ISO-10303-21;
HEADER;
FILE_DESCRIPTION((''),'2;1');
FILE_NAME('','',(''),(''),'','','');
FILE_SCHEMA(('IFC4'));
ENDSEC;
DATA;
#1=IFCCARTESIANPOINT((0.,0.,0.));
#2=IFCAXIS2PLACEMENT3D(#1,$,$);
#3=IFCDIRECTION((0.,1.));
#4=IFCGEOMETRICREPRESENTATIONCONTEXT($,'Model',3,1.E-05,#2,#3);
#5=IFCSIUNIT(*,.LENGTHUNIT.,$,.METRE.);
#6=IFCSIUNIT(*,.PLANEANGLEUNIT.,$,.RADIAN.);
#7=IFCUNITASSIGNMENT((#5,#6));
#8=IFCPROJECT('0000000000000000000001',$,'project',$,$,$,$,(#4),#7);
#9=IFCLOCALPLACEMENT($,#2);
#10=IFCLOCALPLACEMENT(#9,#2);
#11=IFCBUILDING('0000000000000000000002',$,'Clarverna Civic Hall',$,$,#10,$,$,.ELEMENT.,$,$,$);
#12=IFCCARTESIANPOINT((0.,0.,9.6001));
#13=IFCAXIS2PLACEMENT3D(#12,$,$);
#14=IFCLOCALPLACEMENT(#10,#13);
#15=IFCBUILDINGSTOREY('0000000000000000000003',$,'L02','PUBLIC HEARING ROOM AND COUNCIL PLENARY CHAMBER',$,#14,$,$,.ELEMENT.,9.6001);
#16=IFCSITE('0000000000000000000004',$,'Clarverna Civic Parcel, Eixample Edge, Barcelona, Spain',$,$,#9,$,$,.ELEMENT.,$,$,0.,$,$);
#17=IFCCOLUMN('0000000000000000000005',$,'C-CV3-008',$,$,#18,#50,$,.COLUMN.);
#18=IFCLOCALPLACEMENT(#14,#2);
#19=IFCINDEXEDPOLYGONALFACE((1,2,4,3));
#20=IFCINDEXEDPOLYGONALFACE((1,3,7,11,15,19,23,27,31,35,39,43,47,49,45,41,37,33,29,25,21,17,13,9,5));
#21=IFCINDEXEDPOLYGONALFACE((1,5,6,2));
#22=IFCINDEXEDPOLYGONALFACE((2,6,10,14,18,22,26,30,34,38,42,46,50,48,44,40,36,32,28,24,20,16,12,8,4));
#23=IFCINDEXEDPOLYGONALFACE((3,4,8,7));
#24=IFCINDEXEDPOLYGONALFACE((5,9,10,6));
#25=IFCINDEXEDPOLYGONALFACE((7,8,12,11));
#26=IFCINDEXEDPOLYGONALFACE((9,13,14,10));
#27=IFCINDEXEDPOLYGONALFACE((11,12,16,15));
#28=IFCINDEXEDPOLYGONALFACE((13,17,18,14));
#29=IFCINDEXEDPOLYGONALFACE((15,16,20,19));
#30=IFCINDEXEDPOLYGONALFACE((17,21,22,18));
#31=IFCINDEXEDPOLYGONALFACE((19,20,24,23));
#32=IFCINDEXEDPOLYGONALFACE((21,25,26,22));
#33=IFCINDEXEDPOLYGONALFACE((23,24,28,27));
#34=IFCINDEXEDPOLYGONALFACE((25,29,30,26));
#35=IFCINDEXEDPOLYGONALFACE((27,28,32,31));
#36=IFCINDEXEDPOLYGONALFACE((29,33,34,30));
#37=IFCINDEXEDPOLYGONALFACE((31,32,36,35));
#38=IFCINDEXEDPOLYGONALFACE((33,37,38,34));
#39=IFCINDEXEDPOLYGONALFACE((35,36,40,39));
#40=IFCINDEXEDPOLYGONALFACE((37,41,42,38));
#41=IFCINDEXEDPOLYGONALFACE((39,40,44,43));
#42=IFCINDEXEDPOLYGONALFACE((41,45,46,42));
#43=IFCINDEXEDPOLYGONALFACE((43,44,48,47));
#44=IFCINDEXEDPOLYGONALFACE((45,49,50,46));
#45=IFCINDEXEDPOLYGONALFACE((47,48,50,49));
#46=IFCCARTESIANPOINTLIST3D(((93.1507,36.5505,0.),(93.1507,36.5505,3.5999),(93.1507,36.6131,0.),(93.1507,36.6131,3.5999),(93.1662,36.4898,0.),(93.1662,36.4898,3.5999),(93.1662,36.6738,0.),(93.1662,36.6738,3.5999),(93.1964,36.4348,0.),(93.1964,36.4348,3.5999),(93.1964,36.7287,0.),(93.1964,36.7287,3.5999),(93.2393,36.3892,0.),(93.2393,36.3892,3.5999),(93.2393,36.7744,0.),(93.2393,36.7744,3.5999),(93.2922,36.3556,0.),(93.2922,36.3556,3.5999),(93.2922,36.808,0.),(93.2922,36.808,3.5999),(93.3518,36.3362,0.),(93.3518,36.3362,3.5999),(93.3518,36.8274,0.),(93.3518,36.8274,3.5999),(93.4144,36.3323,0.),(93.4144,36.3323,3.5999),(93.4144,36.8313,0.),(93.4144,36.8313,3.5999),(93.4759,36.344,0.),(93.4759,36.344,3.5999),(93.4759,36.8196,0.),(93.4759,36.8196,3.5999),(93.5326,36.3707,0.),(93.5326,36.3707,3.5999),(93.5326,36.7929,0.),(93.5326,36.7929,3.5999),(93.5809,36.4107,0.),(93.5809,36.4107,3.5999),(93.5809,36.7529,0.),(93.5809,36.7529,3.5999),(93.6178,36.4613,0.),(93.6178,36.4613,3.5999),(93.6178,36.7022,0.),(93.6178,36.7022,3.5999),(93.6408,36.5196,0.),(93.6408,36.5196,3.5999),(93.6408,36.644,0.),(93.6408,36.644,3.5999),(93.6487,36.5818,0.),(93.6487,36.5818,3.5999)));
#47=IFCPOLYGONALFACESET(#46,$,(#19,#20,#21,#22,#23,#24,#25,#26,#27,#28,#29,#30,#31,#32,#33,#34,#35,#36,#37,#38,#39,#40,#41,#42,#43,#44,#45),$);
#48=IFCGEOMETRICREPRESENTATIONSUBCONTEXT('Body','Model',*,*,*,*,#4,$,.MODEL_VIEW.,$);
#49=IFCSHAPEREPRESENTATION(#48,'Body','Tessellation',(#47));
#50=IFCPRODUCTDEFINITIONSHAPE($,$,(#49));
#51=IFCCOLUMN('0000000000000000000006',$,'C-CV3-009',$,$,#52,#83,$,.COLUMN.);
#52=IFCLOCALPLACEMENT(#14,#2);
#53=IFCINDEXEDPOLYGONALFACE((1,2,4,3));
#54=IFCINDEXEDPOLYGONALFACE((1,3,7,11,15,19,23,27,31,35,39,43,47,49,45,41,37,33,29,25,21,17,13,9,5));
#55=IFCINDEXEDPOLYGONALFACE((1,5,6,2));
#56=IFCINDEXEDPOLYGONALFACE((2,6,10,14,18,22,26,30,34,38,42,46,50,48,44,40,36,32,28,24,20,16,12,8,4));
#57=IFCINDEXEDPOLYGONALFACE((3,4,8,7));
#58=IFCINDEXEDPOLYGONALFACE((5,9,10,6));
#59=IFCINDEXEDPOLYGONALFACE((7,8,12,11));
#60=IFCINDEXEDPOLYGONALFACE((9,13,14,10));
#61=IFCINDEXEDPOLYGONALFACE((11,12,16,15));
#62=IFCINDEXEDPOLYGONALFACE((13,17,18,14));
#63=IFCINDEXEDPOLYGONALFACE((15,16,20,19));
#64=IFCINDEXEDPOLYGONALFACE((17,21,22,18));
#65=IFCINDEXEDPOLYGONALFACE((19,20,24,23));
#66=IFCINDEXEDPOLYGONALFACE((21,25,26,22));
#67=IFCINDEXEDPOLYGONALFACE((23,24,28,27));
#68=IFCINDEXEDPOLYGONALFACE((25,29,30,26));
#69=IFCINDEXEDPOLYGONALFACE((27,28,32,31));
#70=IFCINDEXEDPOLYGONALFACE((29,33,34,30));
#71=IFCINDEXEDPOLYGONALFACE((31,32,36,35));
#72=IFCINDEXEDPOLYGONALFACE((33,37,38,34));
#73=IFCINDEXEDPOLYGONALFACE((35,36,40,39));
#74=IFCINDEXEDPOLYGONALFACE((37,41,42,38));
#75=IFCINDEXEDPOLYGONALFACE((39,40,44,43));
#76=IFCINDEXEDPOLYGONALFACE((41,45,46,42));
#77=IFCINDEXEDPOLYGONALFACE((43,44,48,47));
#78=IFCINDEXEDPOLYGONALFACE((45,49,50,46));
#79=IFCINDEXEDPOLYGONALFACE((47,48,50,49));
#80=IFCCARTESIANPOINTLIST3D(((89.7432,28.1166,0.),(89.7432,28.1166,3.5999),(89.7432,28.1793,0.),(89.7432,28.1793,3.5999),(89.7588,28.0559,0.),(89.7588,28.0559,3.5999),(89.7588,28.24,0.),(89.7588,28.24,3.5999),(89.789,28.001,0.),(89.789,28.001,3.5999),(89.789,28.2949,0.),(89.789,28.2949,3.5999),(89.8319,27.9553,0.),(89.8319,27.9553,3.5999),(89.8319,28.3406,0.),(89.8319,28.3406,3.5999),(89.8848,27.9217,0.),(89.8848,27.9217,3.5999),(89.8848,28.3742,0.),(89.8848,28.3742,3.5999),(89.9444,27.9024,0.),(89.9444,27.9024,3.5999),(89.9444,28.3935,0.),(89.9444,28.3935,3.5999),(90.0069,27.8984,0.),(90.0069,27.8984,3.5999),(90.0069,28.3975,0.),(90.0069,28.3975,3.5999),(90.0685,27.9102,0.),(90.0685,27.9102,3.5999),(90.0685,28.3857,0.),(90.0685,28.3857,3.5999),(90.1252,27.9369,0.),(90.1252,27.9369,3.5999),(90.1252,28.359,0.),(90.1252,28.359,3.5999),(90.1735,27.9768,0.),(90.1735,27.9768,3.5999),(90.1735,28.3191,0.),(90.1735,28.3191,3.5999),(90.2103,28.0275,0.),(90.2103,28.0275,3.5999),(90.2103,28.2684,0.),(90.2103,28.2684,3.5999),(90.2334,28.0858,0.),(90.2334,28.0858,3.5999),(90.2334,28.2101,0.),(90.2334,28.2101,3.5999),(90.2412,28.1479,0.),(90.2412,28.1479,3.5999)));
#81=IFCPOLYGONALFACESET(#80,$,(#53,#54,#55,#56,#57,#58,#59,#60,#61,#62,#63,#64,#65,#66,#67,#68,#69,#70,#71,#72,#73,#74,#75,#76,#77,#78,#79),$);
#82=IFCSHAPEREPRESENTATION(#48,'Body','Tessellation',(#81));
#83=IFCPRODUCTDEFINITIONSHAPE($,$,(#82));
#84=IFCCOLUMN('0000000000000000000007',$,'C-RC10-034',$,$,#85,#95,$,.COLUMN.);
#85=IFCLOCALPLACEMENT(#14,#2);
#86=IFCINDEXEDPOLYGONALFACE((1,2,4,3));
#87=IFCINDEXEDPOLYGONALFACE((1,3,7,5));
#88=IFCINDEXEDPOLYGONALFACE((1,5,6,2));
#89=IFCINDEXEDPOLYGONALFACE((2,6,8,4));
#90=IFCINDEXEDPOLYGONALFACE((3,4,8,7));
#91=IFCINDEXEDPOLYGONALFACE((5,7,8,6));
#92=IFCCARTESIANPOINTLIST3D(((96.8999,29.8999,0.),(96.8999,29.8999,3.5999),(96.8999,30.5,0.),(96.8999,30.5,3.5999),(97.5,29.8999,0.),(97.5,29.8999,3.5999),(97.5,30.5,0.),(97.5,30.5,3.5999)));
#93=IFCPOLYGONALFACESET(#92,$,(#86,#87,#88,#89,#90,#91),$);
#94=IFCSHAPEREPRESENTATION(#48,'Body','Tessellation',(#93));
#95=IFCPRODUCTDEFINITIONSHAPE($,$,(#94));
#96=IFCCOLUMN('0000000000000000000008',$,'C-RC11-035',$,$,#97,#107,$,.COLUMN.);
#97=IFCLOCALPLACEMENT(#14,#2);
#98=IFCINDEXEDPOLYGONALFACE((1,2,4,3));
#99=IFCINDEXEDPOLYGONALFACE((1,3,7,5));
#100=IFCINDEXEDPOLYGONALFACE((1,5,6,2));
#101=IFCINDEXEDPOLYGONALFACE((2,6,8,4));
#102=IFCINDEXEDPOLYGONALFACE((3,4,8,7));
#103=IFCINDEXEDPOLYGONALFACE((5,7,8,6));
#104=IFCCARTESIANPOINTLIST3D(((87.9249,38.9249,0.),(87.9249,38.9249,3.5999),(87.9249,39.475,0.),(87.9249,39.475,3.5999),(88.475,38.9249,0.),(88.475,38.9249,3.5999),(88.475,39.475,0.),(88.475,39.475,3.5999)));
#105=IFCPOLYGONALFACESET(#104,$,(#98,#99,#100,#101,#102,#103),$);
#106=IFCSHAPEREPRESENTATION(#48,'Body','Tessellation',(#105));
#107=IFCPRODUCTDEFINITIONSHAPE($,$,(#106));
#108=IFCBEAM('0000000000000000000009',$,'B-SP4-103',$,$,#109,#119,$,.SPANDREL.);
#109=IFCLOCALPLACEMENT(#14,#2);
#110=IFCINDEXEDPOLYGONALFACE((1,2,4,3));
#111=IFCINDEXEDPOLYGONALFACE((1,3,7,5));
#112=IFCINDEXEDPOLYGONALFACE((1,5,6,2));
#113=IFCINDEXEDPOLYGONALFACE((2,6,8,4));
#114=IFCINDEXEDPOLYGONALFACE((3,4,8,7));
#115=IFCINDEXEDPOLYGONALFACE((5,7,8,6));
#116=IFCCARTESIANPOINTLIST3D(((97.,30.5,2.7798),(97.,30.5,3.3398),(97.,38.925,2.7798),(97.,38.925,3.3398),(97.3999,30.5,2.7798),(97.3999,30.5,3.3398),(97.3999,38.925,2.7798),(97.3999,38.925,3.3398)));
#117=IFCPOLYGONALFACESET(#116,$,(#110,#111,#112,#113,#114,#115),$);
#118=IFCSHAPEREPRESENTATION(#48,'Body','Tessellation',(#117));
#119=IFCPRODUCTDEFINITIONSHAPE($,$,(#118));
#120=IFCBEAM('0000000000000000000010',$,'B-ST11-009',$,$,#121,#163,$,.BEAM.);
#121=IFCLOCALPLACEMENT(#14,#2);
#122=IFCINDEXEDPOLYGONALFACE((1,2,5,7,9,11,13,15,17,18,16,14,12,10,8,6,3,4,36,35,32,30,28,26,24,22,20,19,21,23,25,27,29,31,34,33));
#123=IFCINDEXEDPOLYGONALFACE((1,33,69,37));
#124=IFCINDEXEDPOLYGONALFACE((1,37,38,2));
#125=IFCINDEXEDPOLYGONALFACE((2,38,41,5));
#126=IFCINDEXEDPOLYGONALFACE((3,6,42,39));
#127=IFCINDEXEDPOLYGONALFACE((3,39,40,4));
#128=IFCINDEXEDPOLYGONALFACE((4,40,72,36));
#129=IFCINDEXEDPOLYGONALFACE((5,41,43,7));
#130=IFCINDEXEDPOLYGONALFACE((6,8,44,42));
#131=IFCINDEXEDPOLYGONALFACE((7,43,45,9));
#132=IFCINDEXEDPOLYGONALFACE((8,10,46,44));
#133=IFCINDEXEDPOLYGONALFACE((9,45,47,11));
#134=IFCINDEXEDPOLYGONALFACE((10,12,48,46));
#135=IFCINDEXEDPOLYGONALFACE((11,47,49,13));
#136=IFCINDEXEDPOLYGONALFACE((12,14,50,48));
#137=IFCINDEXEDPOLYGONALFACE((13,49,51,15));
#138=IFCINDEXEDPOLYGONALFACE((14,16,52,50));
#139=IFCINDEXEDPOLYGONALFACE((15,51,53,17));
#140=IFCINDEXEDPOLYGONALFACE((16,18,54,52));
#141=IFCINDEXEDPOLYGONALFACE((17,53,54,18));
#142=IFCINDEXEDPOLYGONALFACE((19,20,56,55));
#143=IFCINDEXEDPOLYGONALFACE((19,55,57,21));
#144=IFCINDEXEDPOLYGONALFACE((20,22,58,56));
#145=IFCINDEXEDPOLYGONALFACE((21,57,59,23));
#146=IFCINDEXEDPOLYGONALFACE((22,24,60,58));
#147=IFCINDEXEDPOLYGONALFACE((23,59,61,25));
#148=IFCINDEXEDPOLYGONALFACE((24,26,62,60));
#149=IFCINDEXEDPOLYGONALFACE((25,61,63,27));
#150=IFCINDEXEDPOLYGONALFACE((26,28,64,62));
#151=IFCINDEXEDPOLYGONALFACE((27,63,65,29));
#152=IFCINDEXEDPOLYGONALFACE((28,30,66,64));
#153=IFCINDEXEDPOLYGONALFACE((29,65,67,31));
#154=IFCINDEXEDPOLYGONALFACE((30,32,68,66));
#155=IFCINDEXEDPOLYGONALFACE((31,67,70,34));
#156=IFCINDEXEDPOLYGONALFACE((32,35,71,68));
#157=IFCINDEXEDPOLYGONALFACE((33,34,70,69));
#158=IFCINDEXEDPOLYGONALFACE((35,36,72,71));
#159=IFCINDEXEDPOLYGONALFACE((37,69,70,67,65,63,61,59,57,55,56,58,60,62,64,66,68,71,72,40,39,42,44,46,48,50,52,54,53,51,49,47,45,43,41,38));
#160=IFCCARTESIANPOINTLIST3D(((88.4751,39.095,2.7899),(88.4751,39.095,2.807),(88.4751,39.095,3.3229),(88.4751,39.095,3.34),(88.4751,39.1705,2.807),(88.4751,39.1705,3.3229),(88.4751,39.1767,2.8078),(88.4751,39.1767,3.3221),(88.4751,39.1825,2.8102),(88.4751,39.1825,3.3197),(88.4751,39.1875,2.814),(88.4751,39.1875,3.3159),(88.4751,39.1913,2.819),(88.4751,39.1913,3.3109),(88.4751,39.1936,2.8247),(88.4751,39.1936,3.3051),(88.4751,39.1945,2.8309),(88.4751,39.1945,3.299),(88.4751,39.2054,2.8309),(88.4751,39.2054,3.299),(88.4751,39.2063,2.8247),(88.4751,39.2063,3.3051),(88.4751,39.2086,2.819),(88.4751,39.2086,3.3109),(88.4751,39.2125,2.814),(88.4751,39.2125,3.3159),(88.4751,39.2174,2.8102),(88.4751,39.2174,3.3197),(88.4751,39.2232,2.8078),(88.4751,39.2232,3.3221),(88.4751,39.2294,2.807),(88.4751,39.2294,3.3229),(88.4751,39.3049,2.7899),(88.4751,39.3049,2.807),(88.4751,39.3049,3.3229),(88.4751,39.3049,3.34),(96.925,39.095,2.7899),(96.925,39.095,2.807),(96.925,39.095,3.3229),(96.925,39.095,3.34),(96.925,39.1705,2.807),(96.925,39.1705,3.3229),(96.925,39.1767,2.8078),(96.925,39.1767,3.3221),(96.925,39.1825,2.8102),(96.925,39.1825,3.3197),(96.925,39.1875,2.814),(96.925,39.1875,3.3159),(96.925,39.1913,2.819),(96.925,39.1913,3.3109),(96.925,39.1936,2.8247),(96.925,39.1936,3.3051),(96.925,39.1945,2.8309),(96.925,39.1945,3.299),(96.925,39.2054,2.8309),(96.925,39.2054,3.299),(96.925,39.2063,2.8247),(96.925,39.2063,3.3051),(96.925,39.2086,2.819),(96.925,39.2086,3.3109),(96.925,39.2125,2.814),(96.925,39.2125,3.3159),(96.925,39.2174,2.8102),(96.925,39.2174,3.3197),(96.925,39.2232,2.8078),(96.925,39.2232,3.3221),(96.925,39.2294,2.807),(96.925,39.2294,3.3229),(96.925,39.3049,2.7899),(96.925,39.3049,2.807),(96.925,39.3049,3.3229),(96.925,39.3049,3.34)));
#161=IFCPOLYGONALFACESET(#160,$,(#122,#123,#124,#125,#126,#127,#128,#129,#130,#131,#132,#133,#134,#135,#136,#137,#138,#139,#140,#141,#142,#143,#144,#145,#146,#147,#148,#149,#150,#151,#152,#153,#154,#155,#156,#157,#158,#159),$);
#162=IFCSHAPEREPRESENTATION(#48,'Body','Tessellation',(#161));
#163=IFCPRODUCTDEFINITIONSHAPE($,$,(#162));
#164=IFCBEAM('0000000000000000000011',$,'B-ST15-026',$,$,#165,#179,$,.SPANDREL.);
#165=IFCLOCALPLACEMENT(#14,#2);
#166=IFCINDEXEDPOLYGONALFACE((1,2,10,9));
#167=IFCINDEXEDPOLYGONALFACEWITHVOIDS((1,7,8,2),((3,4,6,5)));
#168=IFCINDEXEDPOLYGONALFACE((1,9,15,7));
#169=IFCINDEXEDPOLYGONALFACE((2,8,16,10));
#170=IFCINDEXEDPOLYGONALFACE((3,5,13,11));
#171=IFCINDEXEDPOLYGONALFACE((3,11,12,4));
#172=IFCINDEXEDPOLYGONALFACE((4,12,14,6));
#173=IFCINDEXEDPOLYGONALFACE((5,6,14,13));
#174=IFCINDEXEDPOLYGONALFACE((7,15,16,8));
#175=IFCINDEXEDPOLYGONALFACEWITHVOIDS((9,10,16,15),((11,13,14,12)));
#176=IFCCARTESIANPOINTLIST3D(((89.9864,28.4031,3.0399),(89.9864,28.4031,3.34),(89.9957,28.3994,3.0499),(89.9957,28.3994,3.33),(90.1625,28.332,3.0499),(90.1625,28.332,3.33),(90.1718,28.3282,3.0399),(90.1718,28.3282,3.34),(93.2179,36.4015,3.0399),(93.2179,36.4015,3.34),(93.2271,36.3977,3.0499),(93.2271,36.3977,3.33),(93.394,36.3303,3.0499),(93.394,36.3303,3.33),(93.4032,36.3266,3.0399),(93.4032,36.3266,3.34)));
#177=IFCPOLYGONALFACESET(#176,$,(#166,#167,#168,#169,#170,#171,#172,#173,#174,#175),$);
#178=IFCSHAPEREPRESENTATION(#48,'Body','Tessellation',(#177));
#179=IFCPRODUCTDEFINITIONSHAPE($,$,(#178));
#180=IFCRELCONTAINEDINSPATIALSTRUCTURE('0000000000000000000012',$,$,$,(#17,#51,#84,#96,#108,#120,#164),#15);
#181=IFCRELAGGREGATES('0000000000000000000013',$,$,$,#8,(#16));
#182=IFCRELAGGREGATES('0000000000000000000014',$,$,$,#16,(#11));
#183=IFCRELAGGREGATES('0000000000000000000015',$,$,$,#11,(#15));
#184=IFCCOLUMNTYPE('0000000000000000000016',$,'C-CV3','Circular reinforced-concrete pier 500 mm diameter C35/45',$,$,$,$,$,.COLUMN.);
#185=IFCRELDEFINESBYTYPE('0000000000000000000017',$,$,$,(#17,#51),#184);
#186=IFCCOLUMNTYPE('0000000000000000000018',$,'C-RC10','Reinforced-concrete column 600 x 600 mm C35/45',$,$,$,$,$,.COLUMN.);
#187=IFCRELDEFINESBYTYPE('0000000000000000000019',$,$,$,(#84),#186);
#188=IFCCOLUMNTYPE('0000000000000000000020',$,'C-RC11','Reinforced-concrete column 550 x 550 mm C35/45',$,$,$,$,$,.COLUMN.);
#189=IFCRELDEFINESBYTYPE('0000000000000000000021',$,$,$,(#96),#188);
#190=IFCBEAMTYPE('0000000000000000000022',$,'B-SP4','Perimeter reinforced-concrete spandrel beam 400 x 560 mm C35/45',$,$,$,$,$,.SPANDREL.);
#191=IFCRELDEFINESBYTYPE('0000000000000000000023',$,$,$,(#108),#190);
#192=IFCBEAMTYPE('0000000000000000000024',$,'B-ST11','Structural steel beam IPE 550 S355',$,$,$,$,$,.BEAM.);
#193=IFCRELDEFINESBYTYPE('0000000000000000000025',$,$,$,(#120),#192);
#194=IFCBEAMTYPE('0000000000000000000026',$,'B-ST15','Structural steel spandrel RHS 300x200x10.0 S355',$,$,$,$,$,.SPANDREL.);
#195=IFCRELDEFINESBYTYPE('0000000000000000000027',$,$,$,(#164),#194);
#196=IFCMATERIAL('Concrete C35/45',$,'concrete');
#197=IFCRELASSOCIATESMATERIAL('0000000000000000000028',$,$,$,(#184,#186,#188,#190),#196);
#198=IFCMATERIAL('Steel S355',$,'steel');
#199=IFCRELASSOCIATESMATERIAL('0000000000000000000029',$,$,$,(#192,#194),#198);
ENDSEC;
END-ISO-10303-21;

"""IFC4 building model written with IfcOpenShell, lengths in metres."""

from ifc_helpers import new_model, si_unit, direction, frame, origin, origin_2d, place, context, subcontext, project, spatial, rectangle, hollow_rectangle, circle, i_section, extrude, material, material_profile, profile_set, type_object, element, save


model = new_model("IFC4")

# Units and contexts
model_context = context("Model", 3, precision=1e-05, world=origin(), true_north=direction((0.0, 1.0)))
body_context = subcontext(model_context, "Body", "Model", "MODEL_VIEW")
ifc_project = project(units=[si_unit("LENGTHUNIT", "METRE"), si_unit("PLANEANGLEUNIT", "RADIAN")], contexts=[model_context])

# Site, building, storey
site_placement = place(None, origin())
site = spatial("IfcSite", under=ifc_project, at=site_placement, Name="Clarverna Civic Parcel, Eixample Edge, Barcelona, Spain", CompositionType="ELEMENT", RefElevation=0.0)
building_placement = place(site_placement, origin())
building = spatial("IfcBuilding", under=site, at=building_placement, Name="Clarverna Civic Hall", CompositionType="ELEMENT")
storey_placement = place(building_placement, frame((0.0, 0.0, 9.6001)))
storey = spatial("IfcBuildingStorey", under=building, at=storey_placement, Name="L02", Description="PUBLIC HEARING ROOM AND COUNCIL PLENARY CHAMBER", CompositionType="ELEMENT", Elevation=9.6001)

# Columns
ifc_material_1 = material(Name="Concrete C35/45", Category="concrete")
ifc_material_profile_1 = material_profile(ifc_material_1, circle(Radius=0.25, at=origin_2d()), Name="RC D500")
ifc_profile_set_1 = profile_set([ifc_material_profile_1], Name="Concrete C35/45")
column_type_1 = type_object("IfcColumnType", Name="C-CV3", Description="Circular reinforced-concrete pier 500 mm diameter C35/45", PredefinedType="COLUMN", material=ifc_profile_set_1)
for number, where, z_axis, x_axis, name in (
    (1, (93.3987, 36.5818, 0.0), (0.0, 0.0, 1.0), (1.0, 0.0, 0.0), "C-CV3-008"),
    (2, (89.9912, 28.1479, 0.0), (0.0, 0.0, 1.0), (1.0, 0.0, 0.0), "C-CV3-009"),
):
    element("IfcColumn", number, at=place(storey_placement, frame(where, z_axis=z_axis, x_axis=x_axis)), inside=storey, type_object=column_type_1, Name=name, PredefinedType="COLUMN", context=body_context, shape_type="SweptSolid", body=[
        extrude(circle(Radius=0.25, at=origin_2d()), origin(), (0.0, 0.0, 1.0), 3.5999),
    ])
ifc_material_profile_2 = material_profile(ifc_material_1, rectangle(XDim=0.6001, YDim=0.6001, at=origin_2d()), Name="RC 600x600")
ifc_profile_set_2 = profile_set([ifc_material_profile_2], Name="Concrete C35/45")
column_type_2 = type_object("IfcColumnType", Name="C-RC10", Description="Reinforced-concrete column 600 x 600 mm C35/45", PredefinedType="COLUMN", material=ifc_profile_set_2)
column_1_placement = place(storey_placement, frame((97.2, 30.2, 0.0), z_axis=(0.0, 0.0, 1.0), x_axis=(1.0, 0.0, 0.0)))
element("IfcColumn", 3, at=column_1_placement, inside=storey, type_object=column_type_2, Name="C-RC10-034", PredefinedType="COLUMN", context=body_context, shape_type="SweptSolid", body=[
    extrude(rectangle(XDim=0.6001, YDim=0.6001, at=origin_2d()), origin(), (0.0, 0.0, 1.0), 3.5999),
])
ifc_material_profile_3 = material_profile(ifc_material_1, rectangle(XDim=0.55, YDim=0.55, at=origin_2d()), Name="RC 550x550")
ifc_profile_set_3 = profile_set([ifc_material_profile_3], Name="Concrete C35/45")
column_type_3 = type_object("IfcColumnType", Name="C-RC11", Description="Reinforced-concrete column 550 x 550 mm C35/45", PredefinedType="COLUMN", material=ifc_profile_set_3)
column_2_placement = place(storey_placement, frame((88.2, 39.2, 0.0), z_axis=(0.0, 0.0, 1.0), x_axis=(1.0, 0.0, 0.0)))
element("IfcColumn", 4, at=column_2_placement, inside=storey, type_object=column_type_3, Name="C-RC11-035", PredefinedType="COLUMN", context=body_context, shape_type="SweptSolid", body=[
    extrude(rectangle(XDim=0.55, YDim=0.55, at=origin_2d()), origin(), (0.0, 0.0, 1.0), 3.5999),
])

# Beams
ifc_material_profile_4 = material_profile(ifc_material_1, rectangle(XDim=0.3999, YDim=0.5601, at=origin_2d()), Name="RC 400x560")
ifc_profile_set_4 = profile_set([ifc_material_profile_4], Name="Concrete C35/45")
beam_type_1 = type_object("IfcBeamType", Name="B-SP4", Description="Perimeter reinforced-concrete spandrel beam 400 x 560 mm C35/45", PredefinedType="SPANDREL", material=ifc_profile_set_4)
beam_1_placement = place(storey_placement, frame((97.2, 30.5, 3.0598), z_axis=(0.0, 1.0, 0.0), x_axis=(-1.0, 0.0, 0.0)))
element("IfcBeam", 5, at=beam_1_placement, inside=storey, type_object=beam_type_1, Name="B-SP4-103", PredefinedType="SPANDREL", context=body_context, shape_type="SweptSolid", body=[
    extrude(rectangle(XDim=0.3999, YDim=0.5601, at=origin_2d()), origin(), (0.0, 0.0, 1.0), 8.425),
])
ifc_material_2 = material(Name="Steel S355", Category="steel")
ifc_material_profile_5 = material_profile(ifc_material_2, i_section(OverallWidth=0.21, OverallDepth=0.55, WebThickness=0.011, FlangeThickness=0.0171, FilletRadius=0.0239, at=origin_2d()), Name="IPE 550")
ifc_profile_set_5 = profile_set([ifc_material_profile_5], Name="Steel S355")
beam_type_2 = type_object("IfcBeamType", Name="B-ST11", Description="Structural steel beam IPE 550 S355", PredefinedType="BEAM", material=ifc_profile_set_5)
beam_2_placement = place(storey_placement, frame((88.4751, 39.2, 3.0649), z_axis=(1.0, 0.0, 0.0), x_axis=(0.0, 1.0, 0.0)))
element("IfcBeam", 6, at=beam_2_placement, inside=storey, type_object=beam_type_2, Name="B-ST11-009", PredefinedType="BEAM", context=body_context, shape_type="SweptSolid", body=[
    extrude(i_section(OverallWidth=0.21, OverallDepth=0.55, WebThickness=0.011, FlangeThickness=0.0171, FilletRadius=0.0239, at=origin_2d()), origin(), (0.0, 0.0, 1.0), 8.45),
])
ifc_material_profile_6 = material_profile(ifc_material_2, hollow_rectangle(XDim=0.2, YDim=0.3, WallThickness=0.01, at=origin_2d()), Name="RHS 300x200x10.0")
ifc_profile_set_6 = profile_set([ifc_material_profile_6], Name="Steel S355")
beam_type_3 = type_object("IfcBeamType", Name="B-ST15", Description="Structural steel spandrel RHS 300x200x10.0 S355", PredefinedType="SPANDREL", material=ifc_profile_set_6)
beam_3_placement = place(storey_placement, frame((93.3105, 36.364, 3.1899), z_axis=(-0.374599, -0.927187, 0.0), x_axis=(0.927187, -0.374599, 0.0)))
element("IfcBeam", 7, at=beam_3_placement, inside=storey, type_object=beam_type_3, Name="B-ST15-026", PredefinedType="SPANDREL", context=body_context, shape_type="SweptSolid", body=[
    extrude(hollow_rectangle(XDim=0.2, YDim=0.3, WallThickness=0.01, at=origin_2d()), origin(), (0.0, 0.0, 1.0), 8.6265),
])

save(model, "model.ifc")
